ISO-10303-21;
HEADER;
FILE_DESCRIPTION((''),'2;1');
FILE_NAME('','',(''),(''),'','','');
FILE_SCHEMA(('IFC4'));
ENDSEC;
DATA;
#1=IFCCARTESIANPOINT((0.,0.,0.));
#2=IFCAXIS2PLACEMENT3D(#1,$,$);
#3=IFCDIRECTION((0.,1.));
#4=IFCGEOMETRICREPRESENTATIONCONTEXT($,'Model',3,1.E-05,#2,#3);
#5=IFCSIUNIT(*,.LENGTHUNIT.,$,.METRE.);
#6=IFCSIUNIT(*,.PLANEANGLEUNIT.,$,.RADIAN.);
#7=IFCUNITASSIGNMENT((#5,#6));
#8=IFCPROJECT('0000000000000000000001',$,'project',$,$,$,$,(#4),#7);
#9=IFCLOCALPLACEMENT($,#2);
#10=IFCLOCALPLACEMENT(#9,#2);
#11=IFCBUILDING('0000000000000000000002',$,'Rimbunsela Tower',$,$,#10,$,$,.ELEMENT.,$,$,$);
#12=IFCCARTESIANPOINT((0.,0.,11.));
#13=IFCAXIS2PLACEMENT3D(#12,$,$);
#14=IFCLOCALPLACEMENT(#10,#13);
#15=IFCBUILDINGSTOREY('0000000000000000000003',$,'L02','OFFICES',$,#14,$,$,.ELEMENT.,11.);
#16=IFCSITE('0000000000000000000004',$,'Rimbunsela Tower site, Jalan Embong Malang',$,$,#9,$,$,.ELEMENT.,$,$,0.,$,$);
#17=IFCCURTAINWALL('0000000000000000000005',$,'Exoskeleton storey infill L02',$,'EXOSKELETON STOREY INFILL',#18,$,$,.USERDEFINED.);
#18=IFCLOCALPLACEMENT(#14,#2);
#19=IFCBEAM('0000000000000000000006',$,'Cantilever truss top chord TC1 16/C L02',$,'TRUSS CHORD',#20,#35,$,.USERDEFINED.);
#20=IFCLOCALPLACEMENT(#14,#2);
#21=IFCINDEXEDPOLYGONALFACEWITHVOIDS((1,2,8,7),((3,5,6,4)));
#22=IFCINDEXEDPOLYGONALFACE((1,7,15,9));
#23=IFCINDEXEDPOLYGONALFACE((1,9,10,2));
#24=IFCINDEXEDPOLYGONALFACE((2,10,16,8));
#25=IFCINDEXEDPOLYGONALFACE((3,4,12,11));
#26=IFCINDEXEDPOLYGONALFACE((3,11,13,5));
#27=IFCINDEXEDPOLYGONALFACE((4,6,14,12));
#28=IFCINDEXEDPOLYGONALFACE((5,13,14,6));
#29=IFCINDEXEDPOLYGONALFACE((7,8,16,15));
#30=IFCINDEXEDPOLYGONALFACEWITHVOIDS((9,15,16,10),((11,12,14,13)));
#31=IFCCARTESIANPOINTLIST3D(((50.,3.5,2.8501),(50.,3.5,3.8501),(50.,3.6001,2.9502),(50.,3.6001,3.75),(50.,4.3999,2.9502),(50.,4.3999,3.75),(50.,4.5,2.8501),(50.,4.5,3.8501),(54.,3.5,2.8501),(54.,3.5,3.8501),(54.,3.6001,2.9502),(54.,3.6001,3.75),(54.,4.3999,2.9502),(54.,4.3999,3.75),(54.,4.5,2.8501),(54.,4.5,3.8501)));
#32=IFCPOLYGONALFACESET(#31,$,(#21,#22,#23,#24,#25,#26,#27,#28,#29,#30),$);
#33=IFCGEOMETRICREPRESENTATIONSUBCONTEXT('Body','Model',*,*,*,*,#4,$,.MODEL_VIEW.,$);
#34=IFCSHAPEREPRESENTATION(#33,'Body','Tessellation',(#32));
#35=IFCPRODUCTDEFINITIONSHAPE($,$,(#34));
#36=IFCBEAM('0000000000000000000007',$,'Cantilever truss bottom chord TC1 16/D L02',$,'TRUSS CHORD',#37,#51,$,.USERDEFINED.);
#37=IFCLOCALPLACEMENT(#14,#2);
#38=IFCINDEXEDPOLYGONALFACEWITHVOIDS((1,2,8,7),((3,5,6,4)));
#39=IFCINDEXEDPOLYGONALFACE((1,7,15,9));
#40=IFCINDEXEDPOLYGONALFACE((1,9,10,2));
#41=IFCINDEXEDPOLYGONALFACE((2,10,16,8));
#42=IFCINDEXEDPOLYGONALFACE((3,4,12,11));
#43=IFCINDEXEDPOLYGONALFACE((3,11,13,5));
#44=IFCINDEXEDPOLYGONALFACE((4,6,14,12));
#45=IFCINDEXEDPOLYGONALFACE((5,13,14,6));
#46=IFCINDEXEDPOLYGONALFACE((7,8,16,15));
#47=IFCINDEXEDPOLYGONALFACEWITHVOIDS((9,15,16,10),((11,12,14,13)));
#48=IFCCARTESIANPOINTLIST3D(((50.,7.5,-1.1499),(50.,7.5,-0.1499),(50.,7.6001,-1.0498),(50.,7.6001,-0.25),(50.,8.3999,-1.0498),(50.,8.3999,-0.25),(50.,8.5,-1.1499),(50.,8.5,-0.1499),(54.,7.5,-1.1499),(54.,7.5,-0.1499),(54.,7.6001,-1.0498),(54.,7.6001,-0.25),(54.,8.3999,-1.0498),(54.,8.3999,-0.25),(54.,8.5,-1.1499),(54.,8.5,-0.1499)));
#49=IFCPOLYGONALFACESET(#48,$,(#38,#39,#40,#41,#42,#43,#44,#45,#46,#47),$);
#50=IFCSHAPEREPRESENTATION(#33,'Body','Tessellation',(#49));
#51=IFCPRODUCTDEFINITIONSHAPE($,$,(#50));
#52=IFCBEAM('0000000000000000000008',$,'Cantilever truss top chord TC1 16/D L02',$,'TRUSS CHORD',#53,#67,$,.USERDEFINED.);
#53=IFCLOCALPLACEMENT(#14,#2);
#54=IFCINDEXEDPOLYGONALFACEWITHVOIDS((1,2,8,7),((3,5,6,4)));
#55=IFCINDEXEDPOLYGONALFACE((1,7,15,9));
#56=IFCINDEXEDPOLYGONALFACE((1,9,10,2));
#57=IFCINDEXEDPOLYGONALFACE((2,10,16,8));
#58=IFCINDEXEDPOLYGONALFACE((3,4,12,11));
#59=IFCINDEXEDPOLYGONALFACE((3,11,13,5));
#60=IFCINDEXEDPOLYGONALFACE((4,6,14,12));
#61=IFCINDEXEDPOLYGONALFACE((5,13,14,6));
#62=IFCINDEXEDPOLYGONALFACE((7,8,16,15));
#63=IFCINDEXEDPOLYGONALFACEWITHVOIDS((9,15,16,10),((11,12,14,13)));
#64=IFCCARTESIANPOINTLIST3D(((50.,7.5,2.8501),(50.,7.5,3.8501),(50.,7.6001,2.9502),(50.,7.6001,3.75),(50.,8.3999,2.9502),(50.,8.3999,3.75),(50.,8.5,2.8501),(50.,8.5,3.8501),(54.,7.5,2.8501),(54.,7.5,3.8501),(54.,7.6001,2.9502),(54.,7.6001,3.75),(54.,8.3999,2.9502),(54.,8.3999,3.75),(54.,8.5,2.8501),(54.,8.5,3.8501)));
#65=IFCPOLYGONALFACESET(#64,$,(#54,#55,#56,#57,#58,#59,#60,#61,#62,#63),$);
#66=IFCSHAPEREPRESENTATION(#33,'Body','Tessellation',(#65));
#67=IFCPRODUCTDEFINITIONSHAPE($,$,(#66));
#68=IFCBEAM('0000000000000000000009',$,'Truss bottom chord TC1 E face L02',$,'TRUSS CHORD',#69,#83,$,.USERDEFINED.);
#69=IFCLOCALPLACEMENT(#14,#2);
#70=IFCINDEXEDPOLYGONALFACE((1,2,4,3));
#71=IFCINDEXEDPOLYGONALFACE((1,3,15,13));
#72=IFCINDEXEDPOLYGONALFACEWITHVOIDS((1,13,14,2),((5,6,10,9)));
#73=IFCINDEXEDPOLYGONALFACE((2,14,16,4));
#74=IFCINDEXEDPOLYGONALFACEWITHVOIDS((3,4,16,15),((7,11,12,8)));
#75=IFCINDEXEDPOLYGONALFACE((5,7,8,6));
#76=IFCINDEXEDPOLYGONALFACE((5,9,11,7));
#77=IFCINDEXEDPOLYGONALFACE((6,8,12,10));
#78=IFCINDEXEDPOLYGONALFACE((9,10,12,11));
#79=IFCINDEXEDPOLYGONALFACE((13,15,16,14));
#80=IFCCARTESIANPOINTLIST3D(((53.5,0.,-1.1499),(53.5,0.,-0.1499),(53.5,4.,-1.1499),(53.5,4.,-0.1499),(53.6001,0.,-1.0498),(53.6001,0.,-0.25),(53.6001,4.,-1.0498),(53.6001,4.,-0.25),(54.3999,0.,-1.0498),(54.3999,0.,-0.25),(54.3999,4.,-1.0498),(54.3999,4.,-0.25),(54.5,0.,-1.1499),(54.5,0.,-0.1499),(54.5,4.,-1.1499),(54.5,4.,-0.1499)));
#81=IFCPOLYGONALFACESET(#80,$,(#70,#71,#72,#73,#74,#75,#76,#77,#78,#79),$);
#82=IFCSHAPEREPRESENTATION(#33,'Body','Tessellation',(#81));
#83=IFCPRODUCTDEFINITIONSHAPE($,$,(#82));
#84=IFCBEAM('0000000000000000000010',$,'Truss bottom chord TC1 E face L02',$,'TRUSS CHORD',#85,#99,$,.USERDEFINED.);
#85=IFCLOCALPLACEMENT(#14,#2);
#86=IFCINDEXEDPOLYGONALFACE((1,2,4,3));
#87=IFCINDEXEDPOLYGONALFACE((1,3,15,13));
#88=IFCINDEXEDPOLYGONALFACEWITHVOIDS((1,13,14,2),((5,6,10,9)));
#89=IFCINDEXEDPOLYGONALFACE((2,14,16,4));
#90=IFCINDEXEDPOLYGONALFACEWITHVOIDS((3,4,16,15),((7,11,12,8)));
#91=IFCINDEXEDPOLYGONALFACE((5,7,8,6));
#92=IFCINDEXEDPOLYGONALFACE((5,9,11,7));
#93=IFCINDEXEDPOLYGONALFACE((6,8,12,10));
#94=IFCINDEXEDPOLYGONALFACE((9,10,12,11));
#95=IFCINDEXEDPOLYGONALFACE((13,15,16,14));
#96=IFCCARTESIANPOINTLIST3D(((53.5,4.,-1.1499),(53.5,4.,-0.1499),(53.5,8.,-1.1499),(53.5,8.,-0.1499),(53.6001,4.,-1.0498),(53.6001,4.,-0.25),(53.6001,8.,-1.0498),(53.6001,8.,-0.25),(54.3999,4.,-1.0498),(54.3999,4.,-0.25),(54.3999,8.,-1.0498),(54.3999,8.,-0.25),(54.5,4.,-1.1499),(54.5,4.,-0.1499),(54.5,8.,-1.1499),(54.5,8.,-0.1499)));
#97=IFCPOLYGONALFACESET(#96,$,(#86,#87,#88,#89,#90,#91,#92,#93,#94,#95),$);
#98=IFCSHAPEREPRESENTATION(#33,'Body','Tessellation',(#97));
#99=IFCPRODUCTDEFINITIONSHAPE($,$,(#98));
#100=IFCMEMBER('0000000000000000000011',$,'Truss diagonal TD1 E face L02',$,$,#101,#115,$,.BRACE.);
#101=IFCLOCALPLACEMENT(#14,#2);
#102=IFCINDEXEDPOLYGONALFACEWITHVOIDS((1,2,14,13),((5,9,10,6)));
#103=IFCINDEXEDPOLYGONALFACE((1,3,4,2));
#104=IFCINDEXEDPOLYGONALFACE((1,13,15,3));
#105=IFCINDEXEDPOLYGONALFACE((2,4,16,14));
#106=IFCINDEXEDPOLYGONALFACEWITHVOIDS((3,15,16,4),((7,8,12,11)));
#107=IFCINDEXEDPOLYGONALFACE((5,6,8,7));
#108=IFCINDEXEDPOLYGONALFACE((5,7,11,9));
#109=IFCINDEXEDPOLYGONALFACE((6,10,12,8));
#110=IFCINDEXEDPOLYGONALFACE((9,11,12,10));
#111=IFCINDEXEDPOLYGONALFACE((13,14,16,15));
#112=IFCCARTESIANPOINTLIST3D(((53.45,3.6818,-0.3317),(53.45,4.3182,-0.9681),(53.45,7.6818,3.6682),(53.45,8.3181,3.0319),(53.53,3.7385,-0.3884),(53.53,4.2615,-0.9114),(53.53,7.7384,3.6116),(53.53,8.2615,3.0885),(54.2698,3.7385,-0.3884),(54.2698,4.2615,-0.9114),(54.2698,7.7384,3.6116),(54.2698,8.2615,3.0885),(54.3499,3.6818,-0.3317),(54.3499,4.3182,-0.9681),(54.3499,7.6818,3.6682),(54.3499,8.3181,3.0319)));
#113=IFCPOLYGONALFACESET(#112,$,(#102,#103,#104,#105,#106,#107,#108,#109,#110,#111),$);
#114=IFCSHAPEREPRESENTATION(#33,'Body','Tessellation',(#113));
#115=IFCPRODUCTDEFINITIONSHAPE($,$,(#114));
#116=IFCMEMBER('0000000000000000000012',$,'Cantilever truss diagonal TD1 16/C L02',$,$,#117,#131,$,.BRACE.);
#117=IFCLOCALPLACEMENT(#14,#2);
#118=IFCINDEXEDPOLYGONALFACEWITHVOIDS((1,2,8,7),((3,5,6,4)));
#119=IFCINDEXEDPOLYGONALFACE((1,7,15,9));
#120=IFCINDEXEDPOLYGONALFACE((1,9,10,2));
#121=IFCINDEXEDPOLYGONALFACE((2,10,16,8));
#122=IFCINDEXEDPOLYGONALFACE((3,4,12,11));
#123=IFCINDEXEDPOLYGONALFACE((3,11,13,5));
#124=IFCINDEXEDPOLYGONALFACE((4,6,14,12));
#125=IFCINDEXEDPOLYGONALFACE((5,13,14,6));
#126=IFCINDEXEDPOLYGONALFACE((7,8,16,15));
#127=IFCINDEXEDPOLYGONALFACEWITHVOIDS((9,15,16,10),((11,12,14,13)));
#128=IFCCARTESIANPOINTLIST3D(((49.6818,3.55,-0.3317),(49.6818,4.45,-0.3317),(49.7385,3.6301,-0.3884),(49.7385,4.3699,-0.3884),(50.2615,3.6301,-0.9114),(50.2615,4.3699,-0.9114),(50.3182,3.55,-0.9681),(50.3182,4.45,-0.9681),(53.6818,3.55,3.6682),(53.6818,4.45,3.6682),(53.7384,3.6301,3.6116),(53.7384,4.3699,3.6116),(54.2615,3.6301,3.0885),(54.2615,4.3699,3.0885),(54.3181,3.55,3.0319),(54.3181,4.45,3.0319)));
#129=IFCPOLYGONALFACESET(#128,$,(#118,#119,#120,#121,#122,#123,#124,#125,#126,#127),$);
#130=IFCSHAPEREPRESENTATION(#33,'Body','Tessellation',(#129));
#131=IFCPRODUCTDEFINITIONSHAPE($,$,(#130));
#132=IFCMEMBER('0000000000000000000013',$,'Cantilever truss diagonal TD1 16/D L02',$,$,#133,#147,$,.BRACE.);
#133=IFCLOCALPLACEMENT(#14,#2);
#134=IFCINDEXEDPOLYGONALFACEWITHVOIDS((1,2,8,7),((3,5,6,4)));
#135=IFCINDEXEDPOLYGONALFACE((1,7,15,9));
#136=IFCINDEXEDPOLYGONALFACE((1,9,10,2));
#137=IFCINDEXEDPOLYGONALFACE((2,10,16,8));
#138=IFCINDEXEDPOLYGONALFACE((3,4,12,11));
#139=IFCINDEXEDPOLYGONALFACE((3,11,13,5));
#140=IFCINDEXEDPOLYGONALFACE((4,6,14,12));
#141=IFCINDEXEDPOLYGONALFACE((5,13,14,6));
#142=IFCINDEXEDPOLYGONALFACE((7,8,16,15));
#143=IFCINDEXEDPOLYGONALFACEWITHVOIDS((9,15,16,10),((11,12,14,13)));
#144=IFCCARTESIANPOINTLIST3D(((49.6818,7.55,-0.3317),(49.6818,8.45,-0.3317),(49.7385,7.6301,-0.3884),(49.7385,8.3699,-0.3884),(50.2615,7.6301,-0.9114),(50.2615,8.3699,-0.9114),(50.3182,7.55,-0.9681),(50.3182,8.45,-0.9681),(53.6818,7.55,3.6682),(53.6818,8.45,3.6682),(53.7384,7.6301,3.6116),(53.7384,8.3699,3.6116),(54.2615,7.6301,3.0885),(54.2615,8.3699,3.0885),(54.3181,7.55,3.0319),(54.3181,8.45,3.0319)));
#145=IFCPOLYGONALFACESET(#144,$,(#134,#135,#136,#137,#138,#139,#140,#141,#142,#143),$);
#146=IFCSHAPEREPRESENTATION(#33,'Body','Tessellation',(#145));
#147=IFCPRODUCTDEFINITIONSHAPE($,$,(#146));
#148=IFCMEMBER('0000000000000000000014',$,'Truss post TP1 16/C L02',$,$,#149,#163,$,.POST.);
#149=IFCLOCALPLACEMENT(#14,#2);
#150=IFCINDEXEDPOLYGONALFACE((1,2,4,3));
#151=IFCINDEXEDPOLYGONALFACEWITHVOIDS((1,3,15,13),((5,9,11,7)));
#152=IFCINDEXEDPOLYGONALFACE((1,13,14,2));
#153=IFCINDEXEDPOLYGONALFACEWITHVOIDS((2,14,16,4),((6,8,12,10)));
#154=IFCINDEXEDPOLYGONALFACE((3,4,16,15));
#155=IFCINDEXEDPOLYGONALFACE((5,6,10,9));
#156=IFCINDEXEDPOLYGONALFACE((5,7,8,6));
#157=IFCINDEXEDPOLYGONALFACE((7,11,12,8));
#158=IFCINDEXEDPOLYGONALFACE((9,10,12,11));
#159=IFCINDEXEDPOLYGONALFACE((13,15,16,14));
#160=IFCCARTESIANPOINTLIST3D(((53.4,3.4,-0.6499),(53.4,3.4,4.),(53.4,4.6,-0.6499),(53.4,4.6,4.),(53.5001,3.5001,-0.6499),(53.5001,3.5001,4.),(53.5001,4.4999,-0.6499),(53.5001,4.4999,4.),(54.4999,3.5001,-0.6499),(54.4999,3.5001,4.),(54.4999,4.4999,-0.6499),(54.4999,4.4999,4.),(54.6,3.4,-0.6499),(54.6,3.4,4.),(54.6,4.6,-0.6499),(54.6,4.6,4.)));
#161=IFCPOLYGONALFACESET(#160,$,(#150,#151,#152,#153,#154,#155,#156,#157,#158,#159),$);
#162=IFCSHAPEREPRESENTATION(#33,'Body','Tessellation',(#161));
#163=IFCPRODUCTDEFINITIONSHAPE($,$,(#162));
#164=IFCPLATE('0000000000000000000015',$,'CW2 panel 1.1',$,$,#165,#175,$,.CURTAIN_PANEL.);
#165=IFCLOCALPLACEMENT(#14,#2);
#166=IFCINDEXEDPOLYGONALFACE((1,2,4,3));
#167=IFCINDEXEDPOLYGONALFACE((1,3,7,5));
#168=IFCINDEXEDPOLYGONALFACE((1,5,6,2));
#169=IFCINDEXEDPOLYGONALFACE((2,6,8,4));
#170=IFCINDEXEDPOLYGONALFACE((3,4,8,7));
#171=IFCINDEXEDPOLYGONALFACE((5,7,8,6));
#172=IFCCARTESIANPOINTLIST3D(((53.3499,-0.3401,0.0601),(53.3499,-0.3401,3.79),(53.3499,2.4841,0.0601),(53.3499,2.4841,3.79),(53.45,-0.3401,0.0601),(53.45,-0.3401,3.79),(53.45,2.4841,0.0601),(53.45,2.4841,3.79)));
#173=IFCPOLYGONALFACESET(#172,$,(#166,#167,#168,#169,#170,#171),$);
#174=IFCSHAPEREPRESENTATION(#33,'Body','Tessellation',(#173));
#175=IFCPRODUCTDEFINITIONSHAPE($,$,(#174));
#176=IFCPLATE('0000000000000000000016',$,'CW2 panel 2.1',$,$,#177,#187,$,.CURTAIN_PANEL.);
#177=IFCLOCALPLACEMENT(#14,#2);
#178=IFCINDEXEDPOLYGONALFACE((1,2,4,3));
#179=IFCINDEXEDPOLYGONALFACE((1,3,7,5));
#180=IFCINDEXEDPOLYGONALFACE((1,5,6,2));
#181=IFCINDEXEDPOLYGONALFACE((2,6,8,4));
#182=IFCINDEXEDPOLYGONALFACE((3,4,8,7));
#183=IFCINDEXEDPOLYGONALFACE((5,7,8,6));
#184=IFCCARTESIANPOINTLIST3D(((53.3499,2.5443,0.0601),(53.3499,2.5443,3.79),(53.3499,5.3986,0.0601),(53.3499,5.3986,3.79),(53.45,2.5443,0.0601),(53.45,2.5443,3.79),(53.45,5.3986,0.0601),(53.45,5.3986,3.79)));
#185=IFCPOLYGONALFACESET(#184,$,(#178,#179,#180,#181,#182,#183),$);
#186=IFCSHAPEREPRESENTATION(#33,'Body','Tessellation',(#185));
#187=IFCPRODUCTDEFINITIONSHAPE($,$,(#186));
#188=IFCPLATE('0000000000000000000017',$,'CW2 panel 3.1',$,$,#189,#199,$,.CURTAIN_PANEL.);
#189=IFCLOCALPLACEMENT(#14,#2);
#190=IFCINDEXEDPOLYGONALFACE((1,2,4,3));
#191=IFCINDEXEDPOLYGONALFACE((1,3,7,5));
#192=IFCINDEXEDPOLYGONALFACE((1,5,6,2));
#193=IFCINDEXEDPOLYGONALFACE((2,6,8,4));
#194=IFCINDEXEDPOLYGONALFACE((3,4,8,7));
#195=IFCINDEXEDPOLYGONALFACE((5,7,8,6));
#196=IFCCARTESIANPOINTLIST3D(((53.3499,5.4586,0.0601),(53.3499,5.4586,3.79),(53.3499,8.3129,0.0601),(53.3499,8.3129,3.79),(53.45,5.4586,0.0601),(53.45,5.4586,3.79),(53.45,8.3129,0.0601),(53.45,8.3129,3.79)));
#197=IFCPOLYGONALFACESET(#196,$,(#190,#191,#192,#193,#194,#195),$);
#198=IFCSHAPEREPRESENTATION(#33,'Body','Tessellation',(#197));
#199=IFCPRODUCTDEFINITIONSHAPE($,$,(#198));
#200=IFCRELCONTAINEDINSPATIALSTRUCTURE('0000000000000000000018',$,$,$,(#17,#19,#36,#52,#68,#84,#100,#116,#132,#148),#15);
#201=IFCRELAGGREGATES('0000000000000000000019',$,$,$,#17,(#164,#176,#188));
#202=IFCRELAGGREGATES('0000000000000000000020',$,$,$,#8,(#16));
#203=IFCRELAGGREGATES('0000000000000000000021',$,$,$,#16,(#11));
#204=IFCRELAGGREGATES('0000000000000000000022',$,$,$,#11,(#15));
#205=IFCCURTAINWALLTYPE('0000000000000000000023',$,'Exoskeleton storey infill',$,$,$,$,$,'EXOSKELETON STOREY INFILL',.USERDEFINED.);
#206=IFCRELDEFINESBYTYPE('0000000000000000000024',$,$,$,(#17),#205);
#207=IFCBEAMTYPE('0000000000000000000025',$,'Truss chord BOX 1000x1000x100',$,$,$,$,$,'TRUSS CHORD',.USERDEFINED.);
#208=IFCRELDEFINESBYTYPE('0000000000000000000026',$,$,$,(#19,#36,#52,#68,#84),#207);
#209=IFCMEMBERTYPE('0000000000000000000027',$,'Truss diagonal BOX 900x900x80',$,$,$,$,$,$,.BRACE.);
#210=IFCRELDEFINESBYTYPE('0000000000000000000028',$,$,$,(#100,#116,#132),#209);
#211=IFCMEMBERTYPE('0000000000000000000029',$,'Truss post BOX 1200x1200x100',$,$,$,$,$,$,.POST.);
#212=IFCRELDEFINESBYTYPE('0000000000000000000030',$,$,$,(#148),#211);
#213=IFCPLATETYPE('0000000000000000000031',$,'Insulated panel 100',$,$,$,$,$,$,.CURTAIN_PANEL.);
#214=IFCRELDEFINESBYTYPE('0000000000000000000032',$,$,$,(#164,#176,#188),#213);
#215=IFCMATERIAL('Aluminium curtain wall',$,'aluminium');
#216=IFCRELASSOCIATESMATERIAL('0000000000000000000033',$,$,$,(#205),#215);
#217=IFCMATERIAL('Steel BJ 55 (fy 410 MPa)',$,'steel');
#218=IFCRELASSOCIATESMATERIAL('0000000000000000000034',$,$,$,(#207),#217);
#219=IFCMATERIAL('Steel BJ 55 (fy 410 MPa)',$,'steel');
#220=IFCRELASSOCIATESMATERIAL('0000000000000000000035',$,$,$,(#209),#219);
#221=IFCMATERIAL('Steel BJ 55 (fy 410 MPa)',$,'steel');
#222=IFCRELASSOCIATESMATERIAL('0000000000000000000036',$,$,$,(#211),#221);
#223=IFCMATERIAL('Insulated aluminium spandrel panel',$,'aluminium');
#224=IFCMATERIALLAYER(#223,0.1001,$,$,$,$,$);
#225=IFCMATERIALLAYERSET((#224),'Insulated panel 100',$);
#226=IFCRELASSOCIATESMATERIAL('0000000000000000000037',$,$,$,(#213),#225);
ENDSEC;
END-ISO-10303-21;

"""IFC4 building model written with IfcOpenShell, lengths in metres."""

from ifc_helpers import new_model, si_unit, direction, frame, origin, origin_2d, place, context, subcontext, project, spatial, rectangle, hollow_rectangle, extrude, material, layer, layer_set, material_profile, profile_set, type_object, element, aggregate, save


model = new_model("IFC4")

# Units and contexts
model_context = context("Model", 3, precision=1e-05, world=origin(), true_north=direction((0.0, 1.0)))
body_context = subcontext(model_context, "Body", "Model", "MODEL_VIEW")
ifc_project = project(units=[si_unit("LENGTHUNIT", "METRE"), si_unit("PLANEANGLEUNIT", "RADIAN")], contexts=[model_context])

# Site, building, storey
site_placement = place(None, origin())
site = spatial("IfcSite", under=ifc_project, at=site_placement, Name="Rimbunsela Tower site, Jalan Embong Malang", CompositionType="ELEMENT", RefElevation=0.0)
building_placement = place(site_placement, origin())
building = spatial("IfcBuilding", under=site, at=building_placement, Name="Rimbunsela Tower", CompositionType="ELEMENT")
storey_placement = place(building_placement, frame((0.0, 0.0, 11.0)))
storey = spatial("IfcBuildingStorey", under=building, at=storey_placement, Name="L02", Description="OFFICES", CompositionType="ELEMENT", Elevation=11.0)

# Curtain wall
ifc_material_1 = material(Name="Aluminium curtain wall", Category="aluminium")
curtain_wall_type = type_object("IfcCurtainWallType", Name="Exoskeleton storey infill", ElementType="EXOSKELETON STOREY INFILL", PredefinedType="USERDEFINED", material=ifc_material_1)
curtain_wall_placement = place(storey_placement, origin())
curtain_wall = element("IfcCurtainWall", 1, at=curtain_wall_placement, inside=storey, type_object=curtain_wall_type, Name="Exoskeleton storey infill L02", ObjectType="EXOSKELETON STOREY INFILL", PredefinedType="USERDEFINED")

# Beams
ifc_material_2 = material(Name="Steel BJ 55 (fy 410 MPa)", Category="steel")
ifc_material_profile_1 = material_profile(ifc_material_2, hollow_rectangle(XDim=1.0, YDim=1.0, WallThickness=0.1001, at=origin_2d()), Name="BOX 1000x1000x100")
ifc_profile_set_1 = profile_set([ifc_material_profile_1], Name="Steel BJ 55 (fy 410 MPa)")
beam_type_1 = type_object("IfcBeamType", Name="Truss chord BOX 1000x1000x100", ElementType="TRUSS CHORD", PredefinedType="USERDEFINED", material=ifc_profile_set_1)
for number, where, z_axis, x_axis, name in (
    (2, (50.0, 4.0, 3.3501), (1.0, 0.0, 0.0), (0.0, 1.0, 0.0), "Cantilever truss top chord TC1 16/C L02"),
    (3, (50.0, 8.0, -0.6499), (1.0, 0.0, 0.0), (0.0, 1.0, 0.0), "Cantilever truss bottom chord TC1 16/D L02"),
    (4, (50.0, 8.0, 3.3501), (1.0, 0.0, 0.0), (0.0, 1.0, 0.0), "Cantilever truss top chord TC1 16/D L02"),
    (5, (54.0, 0.0, -0.6499), (0.0, 1.0, 0.0), (-1.0, 0.0, 0.0), "Truss bottom chord TC1 E face L02"),
    (6, (54.0, 4.0, -0.6499), (0.0, 1.0, 0.0), (-1.0, 0.0, 0.0), "Truss bottom chord TC1 E face L02"),
):
    element("IfcBeam", number, at=place(storey_placement, frame(where, z_axis=z_axis, x_axis=x_axis)), inside=storey, type_object=beam_type_1, Name=name, ObjectType="TRUSS CHORD", PredefinedType="USERDEFINED", context=body_context, shape_type="SweptSolid", body=[
        extrude(hollow_rectangle(XDim=1.0, YDim=1.0, WallThickness=0.1001, at=origin_2d()), origin(), (0.0, 0.0, 1.0), 4.0),
    ])

# Members
ifc_material_3 = material(Name="Steel BJ 55 (fy 410 MPa)", Category="steel")
ifc_material_profile_2 = material_profile(ifc_material_3, hollow_rectangle(XDim=0.8999, YDim=0.8999, WallThickness=0.0801, at=origin_2d()), Name="BOX 900x900x80")
ifc_profile_set_2 = profile_set([ifc_material_profile_2], Name="Steel BJ 55 (fy 410 MPa)")
member_type_1 = type_object("IfcMemberType", Name="Truss diagonal BOX 900x900x80", PredefinedType="BRACE", material=ifc_profile_set_2)
for number, where, z_axis, x_axis, name in (
    (7, (53.8999, 4.0, -0.6499), (0.0, 0.707107, 0.707107), (-1.0, 0.0, 0.0), "Truss diagonal TD1 E face L02"),
    (8, (50.0, 4.0, -0.6499), (0.707107, 0.0, 0.707107), (0.0, 1.0, 0.0), "Cantilever truss diagonal TD1 16/C L02"),
    (9, (50.0, 8.0, -0.6499), (0.707107, 0.0, 0.707107), (0.0, 1.0, 0.0), "Cantilever truss diagonal TD1 16/D L02"),
):
    element("IfcMember", number, at=place(storey_placement, frame(where, z_axis=z_axis, x_axis=x_axis)), inside=storey, type_object=member_type_1, Name=name, PredefinedType="BRACE", context=body_context, shape_type="SweptSolid", body=[
        extrude(hollow_rectangle(XDim=0.8999, YDim=0.8999, WallThickness=0.0801, at=origin_2d()), origin(), (0.0, 0.0, 1.0), 5.6567),
    ])
ifc_material_4 = material(Name="Steel BJ 55 (fy 410 MPa)", Category="steel")
ifc_material_profile_3 = material_profile(ifc_material_4, hollow_rectangle(XDim=1.2, YDim=1.2, WallThickness=0.1001, at=origin_2d()), Name="BOX 1200x1200x100")
ifc_profile_set_3 = profile_set([ifc_material_profile_3], Name="Steel BJ 55 (fy 410 MPa)")
member_type_2 = type_object("IfcMemberType", Name="Truss post BOX 1200x1200x100", PredefinedType="POST", material=ifc_profile_set_3)
member_1_placement = place(storey_placement, frame((54.0, 4.0, -0.6499), z_axis=(0.0, 0.0, 1.0), x_axis=(1.0, 0.0, 0.0)))
element("IfcMember", 10, at=member_1_placement, inside=storey, type_object=member_type_2, Name="Truss post TP1 16/C L02", PredefinedType="POST", context=body_context, shape_type="SweptSolid", body=[
    extrude(hollow_rectangle(XDim=1.2, YDim=1.2, WallThickness=0.1001, at=origin_2d()), origin(), (0.0, 0.0, 1.0), 4.6499),
])

# Plates
ifc_material_5 = material(Name="Insulated aluminium spandrel panel", Category="aluminium")
ifc_layer = layer(ifc_material_5, 0.1001)
ifc_layer_set = layer_set([ifc_layer], Name="Insulated panel 100")
plate_type = type_object("IfcPlateType", Name="Insulated panel 100", PredefinedType="CURTAIN_PANEL", material=ifc_layer_set)
plate_1_placement = place(storey_placement, frame((53.3999, 1.072, 0.0601), z_axis=(0.0, 0.0, 1.0), x_axis=(0.0, 1.0, 0.0)))
plate_1 = element("IfcPlate", 11, at=plate_1_placement, type_object=plate_type, Name="CW2 panel 1.1", PredefinedType="CURTAIN_PANEL", context=body_context, shape_type="SweptSolid", body=[
    extrude(rectangle(XDim=2.8242, YDim=0.1001, at=origin_2d()), origin(), (0.0, 0.0, 1.0), 3.73),
])
plate_2_placement = place(storey_placement, frame((53.3999, 3.9714, 0.0601), z_axis=(0.0, 0.0, 1.0), x_axis=(0.0, 1.0, 0.0)))
plate_2 = element("IfcPlate", 12, at=plate_2_placement, type_object=plate_type, Name="CW2 panel 2.1", PredefinedType="CURTAIN_PANEL", context=body_context, shape_type="SweptSolid", body=[
    extrude(rectangle(XDim=2.8542, YDim=0.1001, at=origin_2d()), origin(), (0.0, 0.0, 1.0), 3.73),
])
plate_3_placement = place(storey_placement, frame((53.3999, 6.8857, 0.0601), z_axis=(0.0, 0.0, 1.0), x_axis=(0.0, 1.0, 0.0)))
plate_3 = element("IfcPlate", 13, at=plate_3_placement, type_object=plate_type, Name="CW2 panel 3.1", PredefinedType="CURTAIN_PANEL", context=body_context, shape_type="SweptSolid", body=[
    extrude(rectangle(XDim=2.8542, YDim=0.1001, at=origin_2d()), origin(), (0.0, 0.0, 1.0), 3.73),
])
aggregate(curtain_wall, [plate_1, plate_2, plate_3])

save(model, "model.ifc")
